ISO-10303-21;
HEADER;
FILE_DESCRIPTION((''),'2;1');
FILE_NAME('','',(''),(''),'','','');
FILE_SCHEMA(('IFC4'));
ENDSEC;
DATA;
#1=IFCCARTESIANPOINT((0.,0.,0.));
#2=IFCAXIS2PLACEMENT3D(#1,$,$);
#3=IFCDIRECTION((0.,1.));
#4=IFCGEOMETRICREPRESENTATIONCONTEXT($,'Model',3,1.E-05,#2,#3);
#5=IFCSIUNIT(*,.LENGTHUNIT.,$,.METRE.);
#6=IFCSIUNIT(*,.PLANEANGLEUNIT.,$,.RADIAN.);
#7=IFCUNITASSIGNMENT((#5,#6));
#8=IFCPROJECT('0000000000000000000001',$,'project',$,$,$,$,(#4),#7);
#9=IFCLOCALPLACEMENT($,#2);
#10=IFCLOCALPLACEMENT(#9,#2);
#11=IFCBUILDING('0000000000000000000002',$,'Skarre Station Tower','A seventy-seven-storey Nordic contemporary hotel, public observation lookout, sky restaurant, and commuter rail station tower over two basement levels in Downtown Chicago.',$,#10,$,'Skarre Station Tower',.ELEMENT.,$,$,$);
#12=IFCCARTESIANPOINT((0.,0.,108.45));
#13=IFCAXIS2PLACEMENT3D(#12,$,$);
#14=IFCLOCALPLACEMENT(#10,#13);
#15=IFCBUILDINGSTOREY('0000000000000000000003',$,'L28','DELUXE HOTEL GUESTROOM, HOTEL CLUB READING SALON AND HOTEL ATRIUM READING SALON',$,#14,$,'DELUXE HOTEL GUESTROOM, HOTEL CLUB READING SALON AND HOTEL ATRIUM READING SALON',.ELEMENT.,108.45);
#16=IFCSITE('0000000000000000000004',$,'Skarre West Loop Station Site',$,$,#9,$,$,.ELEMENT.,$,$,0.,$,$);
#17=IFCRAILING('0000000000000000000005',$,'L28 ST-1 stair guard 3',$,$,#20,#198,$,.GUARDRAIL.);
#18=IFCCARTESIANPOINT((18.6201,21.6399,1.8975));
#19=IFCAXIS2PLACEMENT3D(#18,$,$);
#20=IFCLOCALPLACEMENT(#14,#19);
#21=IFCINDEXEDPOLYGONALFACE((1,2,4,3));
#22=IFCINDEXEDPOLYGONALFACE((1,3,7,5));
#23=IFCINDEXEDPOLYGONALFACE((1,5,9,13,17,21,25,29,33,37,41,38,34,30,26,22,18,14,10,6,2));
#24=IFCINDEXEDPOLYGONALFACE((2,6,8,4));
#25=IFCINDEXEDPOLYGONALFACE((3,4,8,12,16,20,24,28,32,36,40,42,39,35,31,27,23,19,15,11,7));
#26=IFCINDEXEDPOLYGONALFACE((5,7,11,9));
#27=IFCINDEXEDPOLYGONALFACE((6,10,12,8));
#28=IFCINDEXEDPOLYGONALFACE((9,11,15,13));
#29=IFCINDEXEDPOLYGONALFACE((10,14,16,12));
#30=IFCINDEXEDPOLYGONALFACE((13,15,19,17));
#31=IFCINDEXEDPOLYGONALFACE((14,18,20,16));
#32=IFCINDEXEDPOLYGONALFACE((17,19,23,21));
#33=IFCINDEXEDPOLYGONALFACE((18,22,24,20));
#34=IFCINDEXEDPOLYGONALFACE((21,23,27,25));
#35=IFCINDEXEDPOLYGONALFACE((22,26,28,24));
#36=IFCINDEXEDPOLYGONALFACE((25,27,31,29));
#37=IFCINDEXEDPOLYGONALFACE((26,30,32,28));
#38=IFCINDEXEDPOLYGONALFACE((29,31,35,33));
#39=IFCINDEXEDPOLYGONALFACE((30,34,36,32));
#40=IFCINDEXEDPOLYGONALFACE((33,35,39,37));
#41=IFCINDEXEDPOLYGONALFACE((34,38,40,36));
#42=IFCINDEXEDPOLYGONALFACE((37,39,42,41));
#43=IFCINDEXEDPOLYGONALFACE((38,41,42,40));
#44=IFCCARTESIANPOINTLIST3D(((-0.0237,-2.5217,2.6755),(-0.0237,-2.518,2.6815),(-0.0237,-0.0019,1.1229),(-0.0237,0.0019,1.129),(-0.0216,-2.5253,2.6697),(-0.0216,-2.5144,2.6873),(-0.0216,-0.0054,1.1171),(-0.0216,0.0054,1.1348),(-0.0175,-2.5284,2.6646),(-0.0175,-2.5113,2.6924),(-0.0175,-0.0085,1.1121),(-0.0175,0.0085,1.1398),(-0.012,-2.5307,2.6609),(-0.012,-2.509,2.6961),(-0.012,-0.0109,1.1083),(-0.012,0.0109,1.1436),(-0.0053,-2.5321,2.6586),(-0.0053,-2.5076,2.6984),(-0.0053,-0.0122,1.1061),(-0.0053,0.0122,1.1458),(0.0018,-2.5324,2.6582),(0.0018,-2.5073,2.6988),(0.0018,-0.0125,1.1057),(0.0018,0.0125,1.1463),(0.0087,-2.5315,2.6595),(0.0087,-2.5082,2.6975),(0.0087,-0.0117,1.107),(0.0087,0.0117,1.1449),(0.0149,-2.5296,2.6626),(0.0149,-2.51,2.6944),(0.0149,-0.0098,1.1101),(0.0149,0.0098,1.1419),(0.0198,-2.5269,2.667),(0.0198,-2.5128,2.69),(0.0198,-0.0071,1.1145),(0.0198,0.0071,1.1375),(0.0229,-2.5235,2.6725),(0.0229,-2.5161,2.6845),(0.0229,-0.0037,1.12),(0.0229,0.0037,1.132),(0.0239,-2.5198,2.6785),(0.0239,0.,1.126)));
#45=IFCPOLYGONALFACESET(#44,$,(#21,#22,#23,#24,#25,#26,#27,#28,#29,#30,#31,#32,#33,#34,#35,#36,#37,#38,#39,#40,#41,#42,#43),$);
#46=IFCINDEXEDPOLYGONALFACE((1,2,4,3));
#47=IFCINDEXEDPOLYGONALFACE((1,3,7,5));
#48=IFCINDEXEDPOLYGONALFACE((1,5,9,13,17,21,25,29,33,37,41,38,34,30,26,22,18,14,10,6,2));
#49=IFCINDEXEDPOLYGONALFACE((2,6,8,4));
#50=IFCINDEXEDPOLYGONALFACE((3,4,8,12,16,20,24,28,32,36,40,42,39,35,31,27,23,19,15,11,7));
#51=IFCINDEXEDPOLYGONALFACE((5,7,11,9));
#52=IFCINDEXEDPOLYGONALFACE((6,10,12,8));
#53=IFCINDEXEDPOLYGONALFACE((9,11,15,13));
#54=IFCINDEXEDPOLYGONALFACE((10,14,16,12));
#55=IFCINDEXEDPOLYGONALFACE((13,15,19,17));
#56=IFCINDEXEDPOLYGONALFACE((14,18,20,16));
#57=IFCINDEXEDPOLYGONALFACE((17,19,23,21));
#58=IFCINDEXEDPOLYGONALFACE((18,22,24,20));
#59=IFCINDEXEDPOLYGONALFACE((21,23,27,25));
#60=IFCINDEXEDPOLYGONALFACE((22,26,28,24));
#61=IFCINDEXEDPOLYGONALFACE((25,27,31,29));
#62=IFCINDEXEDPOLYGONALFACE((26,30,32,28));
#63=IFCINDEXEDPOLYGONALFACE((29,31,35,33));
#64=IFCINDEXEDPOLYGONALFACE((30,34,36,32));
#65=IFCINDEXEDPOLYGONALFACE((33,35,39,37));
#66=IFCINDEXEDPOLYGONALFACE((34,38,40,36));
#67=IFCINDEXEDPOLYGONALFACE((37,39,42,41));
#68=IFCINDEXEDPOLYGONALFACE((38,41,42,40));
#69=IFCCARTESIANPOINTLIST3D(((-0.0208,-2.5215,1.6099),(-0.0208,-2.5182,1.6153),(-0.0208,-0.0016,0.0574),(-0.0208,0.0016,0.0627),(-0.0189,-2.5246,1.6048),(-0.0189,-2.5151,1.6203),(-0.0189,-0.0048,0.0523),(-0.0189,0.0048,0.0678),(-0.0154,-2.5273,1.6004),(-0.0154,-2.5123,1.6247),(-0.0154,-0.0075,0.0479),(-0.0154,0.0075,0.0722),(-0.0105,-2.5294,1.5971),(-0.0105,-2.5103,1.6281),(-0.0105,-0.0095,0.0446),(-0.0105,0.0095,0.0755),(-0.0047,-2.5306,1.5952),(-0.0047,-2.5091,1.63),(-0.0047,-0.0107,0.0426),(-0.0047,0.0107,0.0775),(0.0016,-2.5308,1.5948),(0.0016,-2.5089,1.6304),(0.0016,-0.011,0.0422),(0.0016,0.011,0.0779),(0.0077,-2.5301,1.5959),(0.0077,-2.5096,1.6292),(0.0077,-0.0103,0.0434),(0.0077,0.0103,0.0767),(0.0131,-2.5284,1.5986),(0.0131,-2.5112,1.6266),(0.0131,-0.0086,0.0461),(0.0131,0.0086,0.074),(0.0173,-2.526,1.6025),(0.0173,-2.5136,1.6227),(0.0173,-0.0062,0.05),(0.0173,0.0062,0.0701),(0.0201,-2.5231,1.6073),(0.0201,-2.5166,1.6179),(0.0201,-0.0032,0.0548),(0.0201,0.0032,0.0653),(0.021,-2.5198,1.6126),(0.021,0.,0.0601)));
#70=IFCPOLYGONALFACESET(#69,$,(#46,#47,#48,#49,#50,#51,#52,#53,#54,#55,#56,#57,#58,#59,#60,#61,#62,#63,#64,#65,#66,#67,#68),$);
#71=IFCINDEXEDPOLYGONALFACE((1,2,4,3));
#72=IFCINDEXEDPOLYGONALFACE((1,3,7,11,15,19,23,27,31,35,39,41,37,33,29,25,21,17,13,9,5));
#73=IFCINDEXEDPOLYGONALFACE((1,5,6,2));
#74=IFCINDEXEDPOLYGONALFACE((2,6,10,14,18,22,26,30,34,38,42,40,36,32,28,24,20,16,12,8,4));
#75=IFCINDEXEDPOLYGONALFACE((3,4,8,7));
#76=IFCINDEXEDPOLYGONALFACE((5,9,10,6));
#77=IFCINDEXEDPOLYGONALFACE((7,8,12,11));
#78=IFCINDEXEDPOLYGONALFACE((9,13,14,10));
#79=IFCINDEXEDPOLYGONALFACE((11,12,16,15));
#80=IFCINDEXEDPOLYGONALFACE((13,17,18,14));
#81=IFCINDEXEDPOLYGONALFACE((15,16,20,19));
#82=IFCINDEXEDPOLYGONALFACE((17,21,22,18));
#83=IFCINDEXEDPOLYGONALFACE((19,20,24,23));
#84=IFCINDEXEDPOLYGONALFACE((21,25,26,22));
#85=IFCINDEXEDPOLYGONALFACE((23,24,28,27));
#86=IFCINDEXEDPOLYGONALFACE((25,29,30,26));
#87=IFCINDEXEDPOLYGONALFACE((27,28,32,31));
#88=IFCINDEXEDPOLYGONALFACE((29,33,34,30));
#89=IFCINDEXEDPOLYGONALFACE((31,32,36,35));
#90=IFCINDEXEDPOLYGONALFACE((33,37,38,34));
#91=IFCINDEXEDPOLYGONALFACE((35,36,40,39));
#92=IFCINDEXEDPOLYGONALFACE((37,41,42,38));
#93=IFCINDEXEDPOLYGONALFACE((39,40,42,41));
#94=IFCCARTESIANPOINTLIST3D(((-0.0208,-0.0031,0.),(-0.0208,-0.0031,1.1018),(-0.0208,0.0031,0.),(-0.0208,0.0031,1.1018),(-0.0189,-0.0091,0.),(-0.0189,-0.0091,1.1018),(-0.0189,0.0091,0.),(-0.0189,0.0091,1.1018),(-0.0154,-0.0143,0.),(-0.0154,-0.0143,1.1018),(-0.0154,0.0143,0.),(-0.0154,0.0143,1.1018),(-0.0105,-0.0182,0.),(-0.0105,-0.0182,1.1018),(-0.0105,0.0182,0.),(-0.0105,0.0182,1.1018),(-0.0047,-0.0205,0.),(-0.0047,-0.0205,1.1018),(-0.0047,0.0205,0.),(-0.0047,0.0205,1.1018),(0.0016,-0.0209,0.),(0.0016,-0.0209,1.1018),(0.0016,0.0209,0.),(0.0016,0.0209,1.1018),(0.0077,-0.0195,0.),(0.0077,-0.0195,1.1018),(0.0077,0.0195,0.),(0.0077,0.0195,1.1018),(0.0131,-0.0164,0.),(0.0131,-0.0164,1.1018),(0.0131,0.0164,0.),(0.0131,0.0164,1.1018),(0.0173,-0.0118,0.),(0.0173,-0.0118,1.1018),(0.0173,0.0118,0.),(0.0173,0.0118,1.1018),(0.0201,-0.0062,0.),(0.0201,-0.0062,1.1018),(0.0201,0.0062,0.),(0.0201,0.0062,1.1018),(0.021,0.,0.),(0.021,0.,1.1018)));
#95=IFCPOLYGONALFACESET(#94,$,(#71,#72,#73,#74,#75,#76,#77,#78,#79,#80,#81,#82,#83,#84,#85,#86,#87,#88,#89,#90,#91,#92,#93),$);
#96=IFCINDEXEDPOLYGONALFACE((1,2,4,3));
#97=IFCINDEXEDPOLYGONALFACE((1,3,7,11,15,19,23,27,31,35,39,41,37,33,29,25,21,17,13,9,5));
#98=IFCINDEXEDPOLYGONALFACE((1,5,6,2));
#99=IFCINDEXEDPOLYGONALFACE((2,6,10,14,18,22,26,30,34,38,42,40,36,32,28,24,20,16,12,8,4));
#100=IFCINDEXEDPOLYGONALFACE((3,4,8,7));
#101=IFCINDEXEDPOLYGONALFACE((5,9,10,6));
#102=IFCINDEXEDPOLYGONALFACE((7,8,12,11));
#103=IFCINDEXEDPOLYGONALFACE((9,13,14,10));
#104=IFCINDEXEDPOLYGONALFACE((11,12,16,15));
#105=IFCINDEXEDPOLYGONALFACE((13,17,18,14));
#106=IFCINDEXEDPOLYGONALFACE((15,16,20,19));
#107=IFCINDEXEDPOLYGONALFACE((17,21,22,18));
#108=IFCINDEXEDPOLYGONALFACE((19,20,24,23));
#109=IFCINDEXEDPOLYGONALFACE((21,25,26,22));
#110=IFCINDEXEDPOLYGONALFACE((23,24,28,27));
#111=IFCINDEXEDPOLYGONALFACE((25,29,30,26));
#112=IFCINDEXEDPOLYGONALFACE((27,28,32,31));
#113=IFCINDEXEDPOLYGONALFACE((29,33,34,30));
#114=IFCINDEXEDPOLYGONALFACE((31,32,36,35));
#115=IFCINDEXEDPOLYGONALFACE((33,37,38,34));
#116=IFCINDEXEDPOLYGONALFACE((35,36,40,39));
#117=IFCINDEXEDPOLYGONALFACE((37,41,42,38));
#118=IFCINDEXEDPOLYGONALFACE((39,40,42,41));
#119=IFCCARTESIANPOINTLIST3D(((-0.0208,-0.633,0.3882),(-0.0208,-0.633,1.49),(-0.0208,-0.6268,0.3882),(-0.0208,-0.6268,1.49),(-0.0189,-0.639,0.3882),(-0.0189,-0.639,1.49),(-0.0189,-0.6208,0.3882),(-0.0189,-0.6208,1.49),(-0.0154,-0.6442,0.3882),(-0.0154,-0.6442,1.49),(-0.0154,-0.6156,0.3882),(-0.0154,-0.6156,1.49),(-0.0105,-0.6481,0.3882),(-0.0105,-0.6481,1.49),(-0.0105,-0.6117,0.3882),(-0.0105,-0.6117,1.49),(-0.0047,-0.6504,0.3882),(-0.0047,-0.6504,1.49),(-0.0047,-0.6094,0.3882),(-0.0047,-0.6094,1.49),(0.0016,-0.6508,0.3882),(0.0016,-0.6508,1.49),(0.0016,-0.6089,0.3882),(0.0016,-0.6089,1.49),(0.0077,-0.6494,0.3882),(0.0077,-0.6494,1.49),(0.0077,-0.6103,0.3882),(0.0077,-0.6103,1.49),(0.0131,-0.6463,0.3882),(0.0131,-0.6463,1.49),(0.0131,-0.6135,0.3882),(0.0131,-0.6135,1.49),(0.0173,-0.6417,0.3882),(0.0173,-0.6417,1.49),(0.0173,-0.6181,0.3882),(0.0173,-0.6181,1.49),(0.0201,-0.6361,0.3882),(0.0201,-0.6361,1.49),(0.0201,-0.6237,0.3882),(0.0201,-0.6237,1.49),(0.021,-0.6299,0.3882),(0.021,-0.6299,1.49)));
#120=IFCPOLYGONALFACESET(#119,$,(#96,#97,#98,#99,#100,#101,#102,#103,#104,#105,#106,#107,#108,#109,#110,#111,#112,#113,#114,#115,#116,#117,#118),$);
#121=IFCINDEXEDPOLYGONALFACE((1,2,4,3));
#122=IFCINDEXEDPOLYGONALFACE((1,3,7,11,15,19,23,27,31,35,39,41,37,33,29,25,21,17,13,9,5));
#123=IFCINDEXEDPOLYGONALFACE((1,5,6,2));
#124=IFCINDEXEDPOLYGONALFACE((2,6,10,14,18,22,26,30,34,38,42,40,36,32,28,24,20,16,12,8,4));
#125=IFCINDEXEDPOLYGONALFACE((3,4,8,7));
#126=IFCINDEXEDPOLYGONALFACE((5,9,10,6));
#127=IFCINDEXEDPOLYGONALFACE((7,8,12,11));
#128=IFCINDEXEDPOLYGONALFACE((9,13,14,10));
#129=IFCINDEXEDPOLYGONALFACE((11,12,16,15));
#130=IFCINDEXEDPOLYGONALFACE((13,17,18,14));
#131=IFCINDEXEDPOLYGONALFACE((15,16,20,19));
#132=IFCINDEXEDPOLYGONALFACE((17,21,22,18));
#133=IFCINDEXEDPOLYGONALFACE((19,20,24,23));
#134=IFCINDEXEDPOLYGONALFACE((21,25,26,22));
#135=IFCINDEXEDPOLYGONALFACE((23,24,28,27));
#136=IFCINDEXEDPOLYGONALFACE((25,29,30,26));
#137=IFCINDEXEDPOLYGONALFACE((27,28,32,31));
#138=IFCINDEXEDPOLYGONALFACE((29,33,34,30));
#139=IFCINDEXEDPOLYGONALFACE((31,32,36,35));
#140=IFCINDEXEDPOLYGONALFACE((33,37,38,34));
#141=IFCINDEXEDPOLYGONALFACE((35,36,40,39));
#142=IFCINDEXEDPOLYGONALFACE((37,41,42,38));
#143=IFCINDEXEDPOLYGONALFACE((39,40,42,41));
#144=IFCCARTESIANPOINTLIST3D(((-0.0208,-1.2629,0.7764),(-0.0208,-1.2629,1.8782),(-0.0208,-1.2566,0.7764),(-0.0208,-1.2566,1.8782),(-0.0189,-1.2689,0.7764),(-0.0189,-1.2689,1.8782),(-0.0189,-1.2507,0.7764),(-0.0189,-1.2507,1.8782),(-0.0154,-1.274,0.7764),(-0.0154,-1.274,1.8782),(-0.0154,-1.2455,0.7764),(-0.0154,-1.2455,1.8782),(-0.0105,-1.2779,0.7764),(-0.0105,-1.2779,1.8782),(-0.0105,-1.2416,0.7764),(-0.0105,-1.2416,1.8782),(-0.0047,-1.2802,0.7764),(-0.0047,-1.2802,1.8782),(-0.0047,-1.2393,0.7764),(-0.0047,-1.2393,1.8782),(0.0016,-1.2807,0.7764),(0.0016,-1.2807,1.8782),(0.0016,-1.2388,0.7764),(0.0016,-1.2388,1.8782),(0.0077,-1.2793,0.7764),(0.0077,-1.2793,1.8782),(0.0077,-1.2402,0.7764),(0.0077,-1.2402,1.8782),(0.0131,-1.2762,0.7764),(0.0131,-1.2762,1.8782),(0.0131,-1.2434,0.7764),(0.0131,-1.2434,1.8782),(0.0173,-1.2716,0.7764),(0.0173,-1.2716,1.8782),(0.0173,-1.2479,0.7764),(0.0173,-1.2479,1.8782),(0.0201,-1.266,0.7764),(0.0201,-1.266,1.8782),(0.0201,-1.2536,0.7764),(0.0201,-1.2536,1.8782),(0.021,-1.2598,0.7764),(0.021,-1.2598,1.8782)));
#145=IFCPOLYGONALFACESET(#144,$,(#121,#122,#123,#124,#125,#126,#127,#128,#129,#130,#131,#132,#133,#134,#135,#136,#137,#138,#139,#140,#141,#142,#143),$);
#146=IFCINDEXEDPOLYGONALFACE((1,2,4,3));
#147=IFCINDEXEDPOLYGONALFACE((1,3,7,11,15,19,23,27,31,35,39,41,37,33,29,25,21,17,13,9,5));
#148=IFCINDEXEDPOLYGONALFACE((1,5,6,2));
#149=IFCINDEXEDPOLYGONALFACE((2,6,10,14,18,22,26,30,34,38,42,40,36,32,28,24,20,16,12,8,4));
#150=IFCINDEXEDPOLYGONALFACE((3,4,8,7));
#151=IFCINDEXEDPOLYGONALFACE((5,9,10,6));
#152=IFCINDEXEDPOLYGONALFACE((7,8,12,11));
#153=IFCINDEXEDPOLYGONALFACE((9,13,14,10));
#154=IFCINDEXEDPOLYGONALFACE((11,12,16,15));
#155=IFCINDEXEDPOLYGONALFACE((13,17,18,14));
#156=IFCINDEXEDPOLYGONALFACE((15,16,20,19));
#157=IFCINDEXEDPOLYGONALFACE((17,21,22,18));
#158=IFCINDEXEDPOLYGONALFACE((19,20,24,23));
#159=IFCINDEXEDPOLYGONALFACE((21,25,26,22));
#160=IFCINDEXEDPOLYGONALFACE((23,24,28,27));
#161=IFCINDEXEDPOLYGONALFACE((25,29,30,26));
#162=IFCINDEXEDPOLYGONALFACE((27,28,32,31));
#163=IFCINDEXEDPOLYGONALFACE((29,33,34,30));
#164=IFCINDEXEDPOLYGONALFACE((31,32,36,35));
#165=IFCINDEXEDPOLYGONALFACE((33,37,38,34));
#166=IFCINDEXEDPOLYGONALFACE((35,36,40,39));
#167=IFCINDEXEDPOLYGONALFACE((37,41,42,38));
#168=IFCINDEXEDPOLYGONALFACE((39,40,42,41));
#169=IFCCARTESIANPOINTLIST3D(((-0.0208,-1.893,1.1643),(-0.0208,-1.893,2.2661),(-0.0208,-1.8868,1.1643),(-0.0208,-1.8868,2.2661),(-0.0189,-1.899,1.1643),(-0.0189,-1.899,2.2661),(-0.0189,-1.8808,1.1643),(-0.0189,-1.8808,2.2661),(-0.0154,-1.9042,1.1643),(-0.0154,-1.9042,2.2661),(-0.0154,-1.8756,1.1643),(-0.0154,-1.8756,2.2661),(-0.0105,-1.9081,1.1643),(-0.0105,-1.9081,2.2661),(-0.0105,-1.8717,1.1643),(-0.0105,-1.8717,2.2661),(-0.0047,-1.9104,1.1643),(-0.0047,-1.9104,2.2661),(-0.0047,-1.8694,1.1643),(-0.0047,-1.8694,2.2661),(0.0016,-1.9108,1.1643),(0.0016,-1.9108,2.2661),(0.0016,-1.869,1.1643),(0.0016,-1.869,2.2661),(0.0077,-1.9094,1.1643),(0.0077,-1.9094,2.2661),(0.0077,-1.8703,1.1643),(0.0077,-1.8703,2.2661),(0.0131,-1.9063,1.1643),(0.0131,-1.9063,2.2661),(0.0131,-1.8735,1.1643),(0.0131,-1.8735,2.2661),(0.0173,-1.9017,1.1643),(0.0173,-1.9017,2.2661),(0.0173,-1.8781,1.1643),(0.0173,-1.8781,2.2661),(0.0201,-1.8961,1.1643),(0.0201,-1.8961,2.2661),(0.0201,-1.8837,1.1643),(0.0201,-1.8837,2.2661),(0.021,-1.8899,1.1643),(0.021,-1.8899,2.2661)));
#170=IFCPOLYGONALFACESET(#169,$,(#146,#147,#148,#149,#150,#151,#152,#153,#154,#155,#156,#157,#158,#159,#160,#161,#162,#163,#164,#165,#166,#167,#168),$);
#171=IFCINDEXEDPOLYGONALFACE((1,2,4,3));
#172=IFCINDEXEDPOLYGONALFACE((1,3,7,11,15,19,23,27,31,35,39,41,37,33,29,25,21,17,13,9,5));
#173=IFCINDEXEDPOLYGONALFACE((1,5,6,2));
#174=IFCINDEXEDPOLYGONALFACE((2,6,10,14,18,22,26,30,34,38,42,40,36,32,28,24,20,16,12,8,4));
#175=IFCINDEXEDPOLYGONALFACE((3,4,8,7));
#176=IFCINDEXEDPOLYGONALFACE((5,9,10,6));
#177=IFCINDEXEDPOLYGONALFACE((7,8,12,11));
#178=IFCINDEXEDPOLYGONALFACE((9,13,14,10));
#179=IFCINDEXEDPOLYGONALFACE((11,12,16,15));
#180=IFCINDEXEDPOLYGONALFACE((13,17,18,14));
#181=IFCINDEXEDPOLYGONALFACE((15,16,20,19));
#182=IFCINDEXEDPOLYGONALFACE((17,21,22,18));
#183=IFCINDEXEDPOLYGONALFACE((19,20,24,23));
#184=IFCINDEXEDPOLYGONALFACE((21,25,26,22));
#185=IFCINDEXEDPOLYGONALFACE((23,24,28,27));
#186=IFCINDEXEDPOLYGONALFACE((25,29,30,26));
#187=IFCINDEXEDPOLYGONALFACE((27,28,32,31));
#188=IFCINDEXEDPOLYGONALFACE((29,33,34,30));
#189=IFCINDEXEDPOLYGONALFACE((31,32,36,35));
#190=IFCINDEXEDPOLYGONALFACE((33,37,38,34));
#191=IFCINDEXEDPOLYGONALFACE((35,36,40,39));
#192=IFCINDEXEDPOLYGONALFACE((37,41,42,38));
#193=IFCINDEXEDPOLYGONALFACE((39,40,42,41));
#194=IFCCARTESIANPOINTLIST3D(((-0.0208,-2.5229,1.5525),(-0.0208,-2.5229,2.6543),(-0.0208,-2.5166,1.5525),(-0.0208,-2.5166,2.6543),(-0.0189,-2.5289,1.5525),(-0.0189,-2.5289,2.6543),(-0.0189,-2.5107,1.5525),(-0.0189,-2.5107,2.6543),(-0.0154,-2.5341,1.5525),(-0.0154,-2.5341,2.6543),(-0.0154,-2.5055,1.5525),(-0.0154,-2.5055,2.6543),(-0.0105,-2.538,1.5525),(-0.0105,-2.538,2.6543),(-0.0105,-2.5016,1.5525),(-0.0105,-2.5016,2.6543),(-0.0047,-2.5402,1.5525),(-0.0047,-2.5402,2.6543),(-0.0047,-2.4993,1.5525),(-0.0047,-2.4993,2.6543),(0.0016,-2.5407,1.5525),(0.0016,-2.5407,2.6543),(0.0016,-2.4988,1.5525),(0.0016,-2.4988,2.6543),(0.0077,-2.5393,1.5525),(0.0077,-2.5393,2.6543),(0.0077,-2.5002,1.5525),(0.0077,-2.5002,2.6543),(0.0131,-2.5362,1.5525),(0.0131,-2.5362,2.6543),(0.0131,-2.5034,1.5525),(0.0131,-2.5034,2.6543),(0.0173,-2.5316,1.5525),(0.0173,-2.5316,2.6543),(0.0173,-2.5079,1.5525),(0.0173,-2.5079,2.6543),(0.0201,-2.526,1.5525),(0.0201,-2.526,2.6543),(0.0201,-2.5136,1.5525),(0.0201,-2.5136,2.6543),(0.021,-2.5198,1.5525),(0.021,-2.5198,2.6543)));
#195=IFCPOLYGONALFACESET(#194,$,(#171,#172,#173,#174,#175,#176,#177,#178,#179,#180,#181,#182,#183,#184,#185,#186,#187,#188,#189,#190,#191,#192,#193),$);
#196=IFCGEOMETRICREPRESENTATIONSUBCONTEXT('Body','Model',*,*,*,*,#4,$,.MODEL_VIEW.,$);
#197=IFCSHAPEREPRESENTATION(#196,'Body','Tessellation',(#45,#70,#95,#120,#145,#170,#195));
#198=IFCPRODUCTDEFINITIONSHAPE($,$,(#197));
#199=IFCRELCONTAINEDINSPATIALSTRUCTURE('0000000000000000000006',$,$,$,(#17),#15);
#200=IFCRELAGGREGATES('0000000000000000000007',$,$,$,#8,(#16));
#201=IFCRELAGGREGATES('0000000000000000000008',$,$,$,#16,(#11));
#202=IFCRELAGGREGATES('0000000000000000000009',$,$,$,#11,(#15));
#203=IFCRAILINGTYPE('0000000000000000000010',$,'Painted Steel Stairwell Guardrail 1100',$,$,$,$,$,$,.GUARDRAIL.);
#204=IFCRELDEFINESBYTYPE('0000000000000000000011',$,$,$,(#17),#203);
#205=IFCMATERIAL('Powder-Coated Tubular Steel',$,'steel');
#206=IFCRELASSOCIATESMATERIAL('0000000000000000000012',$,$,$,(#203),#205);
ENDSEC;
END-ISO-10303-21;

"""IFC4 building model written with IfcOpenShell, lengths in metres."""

from ifc_helpers import new_model, si_unit, direction, frame, origin, origin_2d, place, context, subcontext, project, spatial, circle, extrude, material, type_object, element, save


model = new_model("IFC4")

# Units and contexts
model_context = context("Model", 3, precision=1e-05, world=origin(), true_north=direction((0.0, 1.0)))
body_context = subcontext(model_context, "Body", "Model", "MODEL_VIEW")
ifc_project = project(units=[si_unit("LENGTHUNIT", "METRE"), si_unit("PLANEANGLEUNIT", "RADIAN")], contexts=[model_context])

# Site, building, storey
site_placement = place(None, origin())
site = spatial("IfcSite", under=ifc_project, at=site_placement, Name="Skarre West Loop Station Site", CompositionType="ELEMENT", RefElevation=0.0)
building_placement = place(site_placement, origin())
building = spatial("IfcBuilding", under=site, at=building_placement, Name="Skarre Station Tower", Description="A seventy-seven-storey Nordic contemporary hotel, public observation lookout, sky restaurant, and commuter rail station tower over two basement levels in Downtown Chicago.", LongName="Skarre Station Tower", CompositionType="ELEMENT")
storey_placement = place(building_placement, frame((0.0, 0.0, 108.45)))
storey = spatial("IfcBuildingStorey", under=building, at=storey_placement, Name="L28", Description="DELUXE HOTEL GUESTROOM, HOTEL CLUB READING SALON AND HOTEL ATRIUM READING SALON", LongName="DELUXE HOTEL GUESTROOM, HOTEL CLUB READING SALON AND HOTEL ATRIUM READING SALON", CompositionType="ELEMENT", Elevation=108.45)

# Railing
ifc_material_1 = material(Name="Powder-Coated Tubular Steel", Category="steel")
railing_type = type_object("IfcRailingType", Name="Painted Steel Stairwell Guardrail 1100", PredefinedType="GUARDRAIL", material=ifc_material_1)
railing_1_placement = place(storey_placement, frame((18.6201, 21.6399, 1.8975)))
element("IfcRailing", 1, at=railing_1_placement, inside=storey, type_object=railing_type, Name="L28 ST-1 stair guard 3", PredefinedType="GUARDRAIL", context=body_context, shape_type="SweptSolid", body=[
    extrude(circle(Radius=0.0239, at=origin_2d()), frame((0.0, 0.0, 1.126), z_axis=(0.0, -0.851378, 0.524553), x_axis=(1.0, 0.0, 0.0)), (0.0, 0.0, 1.0), 2.9597),
    extrude(circle(Radius=0.021, at=origin_2d()), frame((0.0, 0.0, 0.0601), z_axis=(0.0, -0.851378, 0.524553), x_axis=(1.0, 0.0, 0.0)), (0.0, 0.0, 1.0), 2.9597),
    extrude(circle(Radius=0.021, at=origin_2d()), origin(), (0.0, 0.0, 1.0), 1.1018),
    extrude(circle(Radius=0.021, at=origin_2d()), frame((0.0, -0.6299, 0.3882)), (0.0, 0.0, 1.0), 1.1018),
    extrude(circle(Radius=0.021, at=origin_2d()), frame((0.0, -1.2598, 0.7764)), (0.0, 0.0, 1.0), 1.1018),
    extrude(circle(Radius=0.021, at=origin_2d()), frame((0.0, -1.8899, 1.1643)), (0.0, 0.0, 1.0), 1.1018),
    extrude(circle(Radius=0.021, at=origin_2d()), frame((0.0, -2.5198, 1.5525)), (0.0, 0.0, 1.0), 1.1018),
])

save(model, "model.ifc")
